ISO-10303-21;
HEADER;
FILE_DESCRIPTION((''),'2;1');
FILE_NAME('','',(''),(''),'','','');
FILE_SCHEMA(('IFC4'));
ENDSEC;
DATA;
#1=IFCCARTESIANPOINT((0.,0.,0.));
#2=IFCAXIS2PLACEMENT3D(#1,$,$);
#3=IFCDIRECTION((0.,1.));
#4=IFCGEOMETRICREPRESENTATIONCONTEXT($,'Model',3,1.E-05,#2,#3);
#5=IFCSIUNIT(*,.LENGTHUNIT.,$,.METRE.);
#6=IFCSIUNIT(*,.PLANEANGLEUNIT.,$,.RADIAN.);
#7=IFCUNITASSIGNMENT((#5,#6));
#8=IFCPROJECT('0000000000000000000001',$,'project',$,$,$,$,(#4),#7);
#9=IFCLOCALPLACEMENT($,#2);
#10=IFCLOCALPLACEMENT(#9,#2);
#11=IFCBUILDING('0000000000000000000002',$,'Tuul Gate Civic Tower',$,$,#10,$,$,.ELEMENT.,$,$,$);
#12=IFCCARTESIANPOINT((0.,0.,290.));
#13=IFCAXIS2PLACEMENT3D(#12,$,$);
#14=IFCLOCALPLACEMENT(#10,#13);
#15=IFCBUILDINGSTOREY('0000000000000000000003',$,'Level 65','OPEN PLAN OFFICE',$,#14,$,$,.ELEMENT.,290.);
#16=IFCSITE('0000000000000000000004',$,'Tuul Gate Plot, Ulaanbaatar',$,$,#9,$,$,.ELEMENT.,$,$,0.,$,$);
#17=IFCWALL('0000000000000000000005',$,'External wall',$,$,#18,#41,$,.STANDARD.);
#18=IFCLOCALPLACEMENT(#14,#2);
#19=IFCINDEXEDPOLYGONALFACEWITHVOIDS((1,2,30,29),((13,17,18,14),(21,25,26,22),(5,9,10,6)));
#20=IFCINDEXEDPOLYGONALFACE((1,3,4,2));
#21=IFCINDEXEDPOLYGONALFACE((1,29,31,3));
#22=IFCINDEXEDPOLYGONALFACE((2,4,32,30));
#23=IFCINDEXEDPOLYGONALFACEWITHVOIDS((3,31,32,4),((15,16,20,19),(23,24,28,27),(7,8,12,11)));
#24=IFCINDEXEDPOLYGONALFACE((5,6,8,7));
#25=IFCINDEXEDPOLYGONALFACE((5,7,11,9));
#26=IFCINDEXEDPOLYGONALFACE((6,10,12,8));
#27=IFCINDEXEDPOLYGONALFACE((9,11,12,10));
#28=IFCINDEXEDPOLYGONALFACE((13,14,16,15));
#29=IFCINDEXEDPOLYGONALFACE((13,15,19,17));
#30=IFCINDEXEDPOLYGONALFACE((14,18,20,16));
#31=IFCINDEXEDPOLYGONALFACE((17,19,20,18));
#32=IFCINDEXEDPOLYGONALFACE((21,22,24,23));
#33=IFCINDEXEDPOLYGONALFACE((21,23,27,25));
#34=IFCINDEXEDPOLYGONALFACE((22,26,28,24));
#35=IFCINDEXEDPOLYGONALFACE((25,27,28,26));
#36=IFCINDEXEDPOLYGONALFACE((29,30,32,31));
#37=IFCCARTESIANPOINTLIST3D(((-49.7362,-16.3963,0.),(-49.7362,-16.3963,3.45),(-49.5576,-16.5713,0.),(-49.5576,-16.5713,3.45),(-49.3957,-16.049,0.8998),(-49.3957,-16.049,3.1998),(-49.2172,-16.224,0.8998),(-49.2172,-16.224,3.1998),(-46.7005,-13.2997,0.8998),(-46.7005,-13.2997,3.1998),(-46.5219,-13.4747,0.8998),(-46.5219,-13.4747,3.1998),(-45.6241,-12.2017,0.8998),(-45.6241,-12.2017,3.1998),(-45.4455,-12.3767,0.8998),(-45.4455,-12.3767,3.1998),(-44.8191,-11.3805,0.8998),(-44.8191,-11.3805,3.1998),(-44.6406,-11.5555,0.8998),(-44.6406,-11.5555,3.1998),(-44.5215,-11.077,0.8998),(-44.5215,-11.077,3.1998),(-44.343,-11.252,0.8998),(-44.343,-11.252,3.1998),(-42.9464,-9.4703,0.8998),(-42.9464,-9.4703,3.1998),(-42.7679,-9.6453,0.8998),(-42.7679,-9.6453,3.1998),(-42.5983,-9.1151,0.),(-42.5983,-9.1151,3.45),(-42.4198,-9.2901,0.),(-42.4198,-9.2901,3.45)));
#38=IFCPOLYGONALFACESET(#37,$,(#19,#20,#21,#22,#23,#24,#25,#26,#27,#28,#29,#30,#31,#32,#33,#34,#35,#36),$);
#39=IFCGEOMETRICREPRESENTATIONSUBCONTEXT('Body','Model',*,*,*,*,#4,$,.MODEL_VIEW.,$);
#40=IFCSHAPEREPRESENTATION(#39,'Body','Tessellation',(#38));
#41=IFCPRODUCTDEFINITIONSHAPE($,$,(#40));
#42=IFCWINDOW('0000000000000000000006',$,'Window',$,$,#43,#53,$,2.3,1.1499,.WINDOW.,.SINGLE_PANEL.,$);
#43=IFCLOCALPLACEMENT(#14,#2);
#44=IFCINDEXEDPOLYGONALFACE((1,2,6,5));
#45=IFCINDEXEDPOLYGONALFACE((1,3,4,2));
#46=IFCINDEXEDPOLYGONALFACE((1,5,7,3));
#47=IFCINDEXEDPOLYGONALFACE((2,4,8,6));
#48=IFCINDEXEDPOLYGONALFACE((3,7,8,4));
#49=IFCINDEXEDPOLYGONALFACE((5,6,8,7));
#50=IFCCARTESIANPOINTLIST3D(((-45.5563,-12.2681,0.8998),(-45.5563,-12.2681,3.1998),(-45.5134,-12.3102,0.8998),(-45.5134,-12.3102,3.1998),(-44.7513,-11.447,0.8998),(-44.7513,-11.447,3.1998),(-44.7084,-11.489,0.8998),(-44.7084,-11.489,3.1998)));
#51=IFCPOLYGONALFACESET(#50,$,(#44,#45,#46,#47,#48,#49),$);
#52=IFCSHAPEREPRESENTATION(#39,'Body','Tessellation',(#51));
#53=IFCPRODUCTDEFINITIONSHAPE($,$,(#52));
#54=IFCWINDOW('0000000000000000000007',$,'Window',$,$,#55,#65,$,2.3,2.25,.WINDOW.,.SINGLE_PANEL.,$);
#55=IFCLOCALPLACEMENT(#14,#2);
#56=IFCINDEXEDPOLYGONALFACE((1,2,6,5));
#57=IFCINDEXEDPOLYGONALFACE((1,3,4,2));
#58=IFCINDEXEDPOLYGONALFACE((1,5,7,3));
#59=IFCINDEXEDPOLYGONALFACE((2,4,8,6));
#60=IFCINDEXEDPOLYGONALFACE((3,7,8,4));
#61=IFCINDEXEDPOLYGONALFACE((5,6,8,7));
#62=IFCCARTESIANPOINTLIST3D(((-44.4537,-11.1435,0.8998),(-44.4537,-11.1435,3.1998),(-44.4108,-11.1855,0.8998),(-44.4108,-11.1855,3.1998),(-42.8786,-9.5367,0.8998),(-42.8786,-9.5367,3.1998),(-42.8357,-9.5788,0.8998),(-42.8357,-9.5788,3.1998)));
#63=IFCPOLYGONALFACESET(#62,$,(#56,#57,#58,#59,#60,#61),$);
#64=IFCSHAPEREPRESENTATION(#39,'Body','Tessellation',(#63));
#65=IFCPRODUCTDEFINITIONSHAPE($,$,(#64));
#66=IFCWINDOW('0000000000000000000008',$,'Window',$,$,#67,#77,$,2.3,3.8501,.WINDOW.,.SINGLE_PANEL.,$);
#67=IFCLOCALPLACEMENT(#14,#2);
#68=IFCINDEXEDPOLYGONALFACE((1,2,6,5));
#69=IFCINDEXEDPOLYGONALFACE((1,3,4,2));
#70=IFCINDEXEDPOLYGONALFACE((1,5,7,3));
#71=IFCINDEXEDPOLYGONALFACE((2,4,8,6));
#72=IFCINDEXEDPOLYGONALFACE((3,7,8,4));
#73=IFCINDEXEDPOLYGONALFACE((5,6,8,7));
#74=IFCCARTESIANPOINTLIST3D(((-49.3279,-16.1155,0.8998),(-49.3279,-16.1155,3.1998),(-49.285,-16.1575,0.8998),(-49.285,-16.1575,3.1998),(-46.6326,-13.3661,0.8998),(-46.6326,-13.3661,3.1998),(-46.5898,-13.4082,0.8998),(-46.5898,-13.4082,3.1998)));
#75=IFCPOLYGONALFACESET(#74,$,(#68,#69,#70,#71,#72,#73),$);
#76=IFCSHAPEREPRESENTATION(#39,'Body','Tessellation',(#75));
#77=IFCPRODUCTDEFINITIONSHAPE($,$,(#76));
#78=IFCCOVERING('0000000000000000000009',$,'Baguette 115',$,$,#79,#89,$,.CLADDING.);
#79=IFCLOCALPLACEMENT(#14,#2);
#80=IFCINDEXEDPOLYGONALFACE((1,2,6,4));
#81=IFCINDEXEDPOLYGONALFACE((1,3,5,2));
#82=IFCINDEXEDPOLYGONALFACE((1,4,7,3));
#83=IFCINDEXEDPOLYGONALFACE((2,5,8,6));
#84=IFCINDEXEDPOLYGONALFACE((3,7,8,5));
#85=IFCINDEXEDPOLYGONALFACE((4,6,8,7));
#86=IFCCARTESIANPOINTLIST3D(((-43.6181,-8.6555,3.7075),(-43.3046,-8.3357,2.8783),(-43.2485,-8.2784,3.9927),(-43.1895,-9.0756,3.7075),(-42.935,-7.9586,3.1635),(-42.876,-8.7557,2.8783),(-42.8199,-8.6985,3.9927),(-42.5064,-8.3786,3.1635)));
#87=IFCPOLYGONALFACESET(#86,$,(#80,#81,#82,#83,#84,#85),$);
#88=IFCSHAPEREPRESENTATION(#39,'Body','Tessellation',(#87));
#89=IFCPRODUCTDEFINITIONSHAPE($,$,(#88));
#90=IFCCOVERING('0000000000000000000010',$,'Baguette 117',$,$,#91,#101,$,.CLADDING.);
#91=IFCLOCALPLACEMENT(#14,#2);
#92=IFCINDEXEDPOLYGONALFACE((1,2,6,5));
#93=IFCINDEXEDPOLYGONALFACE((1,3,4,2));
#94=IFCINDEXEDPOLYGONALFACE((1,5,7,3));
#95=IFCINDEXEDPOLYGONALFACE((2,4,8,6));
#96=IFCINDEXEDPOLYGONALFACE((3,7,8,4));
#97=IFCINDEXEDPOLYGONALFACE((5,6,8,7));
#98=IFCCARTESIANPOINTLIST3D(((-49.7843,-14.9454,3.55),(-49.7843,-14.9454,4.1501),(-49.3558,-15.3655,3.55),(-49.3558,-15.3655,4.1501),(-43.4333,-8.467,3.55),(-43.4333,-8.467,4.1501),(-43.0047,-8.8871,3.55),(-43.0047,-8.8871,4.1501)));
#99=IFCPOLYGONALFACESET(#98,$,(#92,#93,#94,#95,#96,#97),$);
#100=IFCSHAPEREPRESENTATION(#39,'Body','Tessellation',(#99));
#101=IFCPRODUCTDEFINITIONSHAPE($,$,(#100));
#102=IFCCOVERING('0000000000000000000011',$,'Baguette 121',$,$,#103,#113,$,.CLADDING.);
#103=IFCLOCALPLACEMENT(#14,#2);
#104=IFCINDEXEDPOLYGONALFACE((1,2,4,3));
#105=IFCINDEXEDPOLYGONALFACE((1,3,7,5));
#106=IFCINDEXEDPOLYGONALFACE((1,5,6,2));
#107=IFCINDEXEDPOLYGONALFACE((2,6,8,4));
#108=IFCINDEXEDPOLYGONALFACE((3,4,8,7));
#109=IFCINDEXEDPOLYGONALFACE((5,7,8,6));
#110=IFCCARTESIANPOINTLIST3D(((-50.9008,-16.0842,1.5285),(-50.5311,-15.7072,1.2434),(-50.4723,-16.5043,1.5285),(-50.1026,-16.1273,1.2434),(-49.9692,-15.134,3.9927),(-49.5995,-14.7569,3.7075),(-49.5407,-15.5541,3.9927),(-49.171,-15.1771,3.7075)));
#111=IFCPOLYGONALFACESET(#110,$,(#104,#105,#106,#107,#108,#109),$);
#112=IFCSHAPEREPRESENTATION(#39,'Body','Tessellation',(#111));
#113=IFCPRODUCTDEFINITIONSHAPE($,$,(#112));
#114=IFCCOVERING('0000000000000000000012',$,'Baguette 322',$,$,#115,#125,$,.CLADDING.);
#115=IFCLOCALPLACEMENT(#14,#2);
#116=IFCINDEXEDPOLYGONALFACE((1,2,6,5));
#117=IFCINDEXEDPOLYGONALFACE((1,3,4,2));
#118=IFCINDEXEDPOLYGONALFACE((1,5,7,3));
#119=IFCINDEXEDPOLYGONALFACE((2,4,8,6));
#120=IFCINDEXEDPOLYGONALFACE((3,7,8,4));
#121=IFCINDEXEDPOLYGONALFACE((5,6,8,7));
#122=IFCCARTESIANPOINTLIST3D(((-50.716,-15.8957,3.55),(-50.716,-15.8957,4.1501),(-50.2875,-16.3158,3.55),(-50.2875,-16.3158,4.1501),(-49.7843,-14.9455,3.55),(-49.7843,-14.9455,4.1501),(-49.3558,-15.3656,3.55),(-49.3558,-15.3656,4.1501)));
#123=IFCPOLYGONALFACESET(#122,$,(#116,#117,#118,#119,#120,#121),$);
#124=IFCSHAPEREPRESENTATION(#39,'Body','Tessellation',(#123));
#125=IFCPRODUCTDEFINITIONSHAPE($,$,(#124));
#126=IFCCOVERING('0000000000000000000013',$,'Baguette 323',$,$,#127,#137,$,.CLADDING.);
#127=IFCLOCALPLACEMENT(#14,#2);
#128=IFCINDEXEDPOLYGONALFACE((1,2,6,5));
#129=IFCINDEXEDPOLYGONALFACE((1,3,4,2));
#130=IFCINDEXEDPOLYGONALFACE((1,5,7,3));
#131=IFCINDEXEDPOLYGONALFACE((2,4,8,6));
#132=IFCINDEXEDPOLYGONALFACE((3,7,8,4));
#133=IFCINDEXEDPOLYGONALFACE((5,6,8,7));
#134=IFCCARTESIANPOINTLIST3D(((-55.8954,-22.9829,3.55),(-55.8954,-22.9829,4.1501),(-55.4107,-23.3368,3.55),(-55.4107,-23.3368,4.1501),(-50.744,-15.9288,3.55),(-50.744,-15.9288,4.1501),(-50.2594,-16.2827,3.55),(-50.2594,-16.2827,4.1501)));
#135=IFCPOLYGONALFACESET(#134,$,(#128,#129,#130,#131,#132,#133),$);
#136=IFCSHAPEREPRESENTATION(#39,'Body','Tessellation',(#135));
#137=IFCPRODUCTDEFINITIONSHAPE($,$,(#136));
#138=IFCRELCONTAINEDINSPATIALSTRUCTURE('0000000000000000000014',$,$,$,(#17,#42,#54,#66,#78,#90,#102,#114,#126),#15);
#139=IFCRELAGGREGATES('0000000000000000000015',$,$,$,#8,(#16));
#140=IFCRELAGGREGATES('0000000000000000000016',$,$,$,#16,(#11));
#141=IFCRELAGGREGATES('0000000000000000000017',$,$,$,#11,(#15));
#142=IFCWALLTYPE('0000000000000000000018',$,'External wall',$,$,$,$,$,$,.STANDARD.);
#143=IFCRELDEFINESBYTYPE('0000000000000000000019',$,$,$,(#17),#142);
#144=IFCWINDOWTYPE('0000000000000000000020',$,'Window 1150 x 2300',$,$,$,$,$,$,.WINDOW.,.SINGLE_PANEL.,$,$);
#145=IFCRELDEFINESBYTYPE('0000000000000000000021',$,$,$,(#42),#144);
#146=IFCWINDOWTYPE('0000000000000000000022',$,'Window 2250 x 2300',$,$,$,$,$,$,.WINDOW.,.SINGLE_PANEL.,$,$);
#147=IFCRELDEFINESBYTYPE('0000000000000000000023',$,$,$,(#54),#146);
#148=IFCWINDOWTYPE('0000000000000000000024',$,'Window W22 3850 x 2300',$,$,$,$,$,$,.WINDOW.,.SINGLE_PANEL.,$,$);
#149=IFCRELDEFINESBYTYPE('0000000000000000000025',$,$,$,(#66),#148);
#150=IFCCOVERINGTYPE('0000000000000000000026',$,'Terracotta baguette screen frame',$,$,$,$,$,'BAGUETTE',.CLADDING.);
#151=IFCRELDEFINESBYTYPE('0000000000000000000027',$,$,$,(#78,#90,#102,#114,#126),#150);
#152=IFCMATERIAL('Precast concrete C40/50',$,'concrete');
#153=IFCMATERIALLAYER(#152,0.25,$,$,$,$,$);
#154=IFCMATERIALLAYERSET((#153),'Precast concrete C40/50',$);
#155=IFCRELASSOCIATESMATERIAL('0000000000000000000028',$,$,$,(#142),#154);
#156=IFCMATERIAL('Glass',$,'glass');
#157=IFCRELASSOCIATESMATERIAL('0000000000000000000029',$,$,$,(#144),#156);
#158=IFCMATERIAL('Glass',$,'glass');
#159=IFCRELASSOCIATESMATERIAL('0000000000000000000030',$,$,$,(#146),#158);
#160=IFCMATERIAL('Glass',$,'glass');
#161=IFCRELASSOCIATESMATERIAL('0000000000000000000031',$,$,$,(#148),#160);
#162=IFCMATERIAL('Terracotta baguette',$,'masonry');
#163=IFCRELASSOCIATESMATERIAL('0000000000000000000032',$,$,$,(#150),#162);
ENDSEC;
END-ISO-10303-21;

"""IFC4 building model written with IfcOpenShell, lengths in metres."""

from ifc_helpers import new_model, si_unit, direction, frame, frame_2d, origin, origin_2d, place, context, subcontext, project, spatial, rectangle, extrude, material, layer, layer_set, material_profile, profile_set, type_object, element, fill, save


model = new_model("IFC4")

# Units and contexts
model_context = context("Model", 3, precision=1e-05, world=origin(), true_north=direction((0.0, 1.0)))
body_context = subcontext(model_context, "Body", "Model", "MODEL_VIEW")
ifc_project = project(units=[si_unit("LENGTHUNIT", "METRE"), si_unit("PLANEANGLEUNIT", "RADIAN")], contexts=[model_context])

# Site, building, storey
site_placement = place(None, origin())
site = spatial("IfcSite", under=ifc_project, at=site_placement, Name="Tuul Gate Plot, Ulaanbaatar", CompositionType="ELEMENT", RefElevation=0.0)
building_placement = place(site_placement, origin())
building = spatial("IfcBuilding", under=site, at=building_placement, Name="Tuul Gate Civic Tower", CompositionType="ELEMENT")
storey_placement = place(building_placement, frame((0.0, 0.0, 290.0)))
storey = spatial("IfcBuildingStorey", under=building, at=storey_placement, Name="Level 65", Description="OPEN PLAN OFFICE", CompositionType="ELEMENT", Elevation=290.0)

# Wall, openings, windows
ifc_material_1 = material(Name="Precast concrete C40/50", Category="concrete")
ifc_layer_1 = layer(ifc_material_1, 0.25)
ifc_layer_set_1 = layer_set([ifc_layer_1], Name="Precast concrete C40/50")
wall_type_1 = type_object("IfcWallType", Name="External wall", PredefinedType="STANDARD", material=ifc_layer_set_1)
wall_1_placement = place(storey_placement, frame((-42.509, -9.2026, 0.0), z_axis=(0.0, 0.0, 1.0), x_axis=(-0.700044, -0.714099, 0.0)))
wall_1 = element("IfcWall", 1, at=wall_1_placement, inside=storey, type_object=wall_type_1, Name="External wall", PredefinedType="STANDARD", context=body_context, shape_type="SweptSolid", body=[
    extrude(rectangle(XDim=10.1963, YDim=0.25, at=frame_2d((5.0981, 0.0))), origin(), (0.0, 0.0, 1.0), 3.45),
])
opening_1_placement = place(wall_1_placement, frame((5.8599, 0.0, 0.8999)))
opening_1 = element("IfcOpeningElement", 2, at=opening_1_placement, cuts=wall_1, PredefinedType="OPENING", context=body_context, shape_type="SweptSolid", body=[
    extrude(rectangle(XDim=3.8501, YDim=2.3, at=frame_2d((1.925, 1.1499))), frame((0.0, 0.135, 0.0), z_axis=(0.0, -1.0, 0.0), x_axis=(1.0, 0.0, 0.0)), (0.0, 0.0, 1.0), 0.27),
])
opening_2_placement = place(wall_1_placement, frame((0.4973, 0.0, 0.8999)))
opening_2 = element("IfcOpeningElement", 3, at=opening_2_placement, cuts=wall_1, PredefinedType="OPENING", context=body_context, shape_type="SweptSolid", body=[
    extrude(rectangle(XDim=2.25, YDim=2.3, at=frame_2d((1.125, 1.1499))), frame((0.0, 0.135, 0.0), z_axis=(0.0, -1.0, 0.0), x_axis=(1.0, 0.0, 0.0)), (0.0, 0.0, 1.0), 0.27),
])
opening_3_placement = place(wall_1_placement, frame((3.1724, 0.0, 0.8999)))
opening_3 = element("IfcOpeningElement", 4, at=opening_3_placement, cuts=wall_1, PredefinedType="OPENING", context=body_context, shape_type="SweptSolid", body=[
    extrude(rectangle(XDim=1.1499, YDim=2.3, at=frame_2d((0.575, 1.1499))), frame((0.0, 0.135, 0.0), z_axis=(0.0, -1.0, 0.0), x_axis=(1.0, 0.0, 0.0)), (0.0, 0.0, 1.0), 0.27),
])
ifc_material_2 = material(Name="Glass", Category="glass")
window_type_1 = type_object("IfcWindowType", Name="Window 1150 x 2300", PartitioningType="SINGLE_PANEL", PredefinedType="WINDOW", material=ifc_material_2)
window_1_placement = place(opening_3_placement, origin())
window_1 = element("IfcWindow", 5, at=window_1_placement, inside=storey, type_object=window_type_1, Name="Window", OverallHeight=2.3, OverallWidth=1.1499, PartitioningType="SINGLE_PANEL", PredefinedType="WINDOW", context=body_context, shape_type="SweptSolid", body=[
    extrude(rectangle(XDim=1.1499, YDim=2.3, at=frame_2d((0.575, 1.1499))), frame((0.0, 0.03, 0.0), z_axis=(0.0, -1.0, 0.0), x_axis=(1.0, 0.0, 0.0)), (0.0, 0.0, 1.0), 0.0601),
])
fill(opening_3, window_1)
ifc_material_3 = material(Name="Glass", Category="glass")
window_type_2 = type_object("IfcWindowType", Name="Window 2250 x 2300", PartitioningType="SINGLE_PANEL", PredefinedType="WINDOW", material=ifc_material_3)
window_2_placement = place(opening_2_placement, origin())
window_2 = element("IfcWindow", 6, at=window_2_placement, inside=storey, type_object=window_type_2, Name="Window", OverallHeight=2.3, OverallWidth=2.25, PartitioningType="SINGLE_PANEL", PredefinedType="WINDOW", context=body_context, shape_type="SweptSolid", body=[
    extrude(rectangle(XDim=2.25, YDim=2.3, at=frame_2d((1.125, 1.1499))), frame((0.0, 0.03, 0.0), z_axis=(0.0, -1.0, 0.0), x_axis=(1.0, 0.0, 0.0)), (0.0, 0.0, 1.0), 0.0601),
])
fill(opening_2, window_2)
ifc_material_4 = material(Name="Glass", Category="glass")
window_type_3 = type_object("IfcWindowType", Name="Window W22 3850 x 2300", PartitioningType="SINGLE_PANEL", PredefinedType="WINDOW", material=ifc_material_4)
window_3_placement = place(opening_1_placement, origin())
window_3 = element("IfcWindow", 7, at=window_3_placement, inside=storey, type_object=window_type_3, Name="Window", OverallHeight=2.3, OverallWidth=3.8501, PartitioningType="SINGLE_PANEL", PredefinedType="WINDOW", context=body_context, shape_type="SweptSolid", body=[
    extrude(rectangle(XDim=3.8501, YDim=2.3, at=frame_2d((1.925, 1.1499))), frame((0.0, 0.03, 0.0), z_axis=(0.0, -1.0, 0.0), x_axis=(1.0, 0.0, 0.0)), (0.0, 0.0, 1.0), 0.0601),
])
fill(opening_1, window_3)

# Coverings
ifc_material_5 = material(Name="Terracotta baguette", Category="masonry")
ifc_material_profile_1 = material_profile(ifc_material_5, rectangle(XDim=0.6001, YDim=0.6001, at=origin_2d()), Name="Terracotta baguette screen frame")
ifc_profile_set_1 = profile_set([ifc_material_profile_1], Name="Terracotta baguette")
covering_type = type_object("IfcCoveringType", Name="Terracotta baguette screen frame", ElementType="BAGUETTE", PredefinedType="CLADDING", material=ifc_profile_set_1)
covering_1_placement = place(storey_placement, frame((-43.219, -8.677, 3.8501), z_axis=(0.332665, 0.339401, -0.879853), x_axis=(-0.714158, 0.699984, 0.0)))
element("IfcCovering", 8, at=covering_1_placement, inside=storey, type_object=covering_type, Name="Baguette 115", PredefinedType="CLADDING", context=body_context, shape_type="SweptSolid", body=[
    extrude(rectangle(XDim=0.6001, YDim=0.6001, at=origin_2d()), origin(), (0.0, 0.0, 1.0), 0.9424),
])
covering_2_placement = place(storey_placement, frame((-43.219, -8.677, 3.8501), z_axis=(-0.700048, -0.714096, 0.0), x_axis=(0.714096, -0.700048, 0.0)))
element("IfcCovering", 9, at=covering_2_placement, inside=storey, type_object=covering_type, Name="Baguette 117", PredefinedType="CLADDING", context=body_context, shape_type="SweptSolid", body=[
    extrude(rectangle(XDim=0.6001, YDim=0.6001, at=origin_2d()), origin(), (0.0, 0.0, 1.0), 9.0723),
])
covering_3_placement = place(storey_placement, frame((-49.5701, -15.1555, 3.8501), z_axis=(-0.332672, -0.339298, -0.87989), x_axis=(0.714044, -0.700101, 0.0)))
element("IfcCovering", 10, at=covering_3_placement, inside=storey, type_object=covering_type, Name="Baguette 121", PredefinedType="CLADDING", context=body_context, shape_type="SweptSolid", body=[
    extrude(rectangle(XDim=0.6001, YDim=0.6001, at=origin_2d()), origin(), (0.0, 0.0, 1.0), 2.8005),
])
covering_4_placement = place(storey_placement, frame((-49.5701, -15.1555, 3.8501), z_axis=(-0.700101, -0.714044, 0.0), x_axis=(0.714044, -0.700101, 0.0)))
element("IfcCovering", 11, at=covering_4_placement, inside=storey, type_object=covering_type, Name="Baguette 322", PredefinedType="CLADDING", context=body_context, shape_type="SweptSolid", body=[
    extrude(rectangle(XDim=0.6001, YDim=0.6001, at=origin_2d()), origin(), (0.0, 0.0, 1.0), 1.3308),
])
covering_5_placement = place(storey_placement, frame((-50.5017, -16.1057, 3.8501), z_axis=(-0.589746, -0.807589, 0.0), x_axis=(0.807589, -0.589746, 0.0)))
element("IfcCovering", 12, at=covering_5_placement, inside=storey, type_object=covering_type, Name="Baguette 323", PredefinedType="CLADDING", context=body_context, shape_type="SweptSolid", body=[
    extrude(rectangle(XDim=0.6001, YDim=0.6001, at=origin_2d()), origin(), (0.0, 0.0, 1.0), 8.7349),
])

save(model, "model.ifc")
